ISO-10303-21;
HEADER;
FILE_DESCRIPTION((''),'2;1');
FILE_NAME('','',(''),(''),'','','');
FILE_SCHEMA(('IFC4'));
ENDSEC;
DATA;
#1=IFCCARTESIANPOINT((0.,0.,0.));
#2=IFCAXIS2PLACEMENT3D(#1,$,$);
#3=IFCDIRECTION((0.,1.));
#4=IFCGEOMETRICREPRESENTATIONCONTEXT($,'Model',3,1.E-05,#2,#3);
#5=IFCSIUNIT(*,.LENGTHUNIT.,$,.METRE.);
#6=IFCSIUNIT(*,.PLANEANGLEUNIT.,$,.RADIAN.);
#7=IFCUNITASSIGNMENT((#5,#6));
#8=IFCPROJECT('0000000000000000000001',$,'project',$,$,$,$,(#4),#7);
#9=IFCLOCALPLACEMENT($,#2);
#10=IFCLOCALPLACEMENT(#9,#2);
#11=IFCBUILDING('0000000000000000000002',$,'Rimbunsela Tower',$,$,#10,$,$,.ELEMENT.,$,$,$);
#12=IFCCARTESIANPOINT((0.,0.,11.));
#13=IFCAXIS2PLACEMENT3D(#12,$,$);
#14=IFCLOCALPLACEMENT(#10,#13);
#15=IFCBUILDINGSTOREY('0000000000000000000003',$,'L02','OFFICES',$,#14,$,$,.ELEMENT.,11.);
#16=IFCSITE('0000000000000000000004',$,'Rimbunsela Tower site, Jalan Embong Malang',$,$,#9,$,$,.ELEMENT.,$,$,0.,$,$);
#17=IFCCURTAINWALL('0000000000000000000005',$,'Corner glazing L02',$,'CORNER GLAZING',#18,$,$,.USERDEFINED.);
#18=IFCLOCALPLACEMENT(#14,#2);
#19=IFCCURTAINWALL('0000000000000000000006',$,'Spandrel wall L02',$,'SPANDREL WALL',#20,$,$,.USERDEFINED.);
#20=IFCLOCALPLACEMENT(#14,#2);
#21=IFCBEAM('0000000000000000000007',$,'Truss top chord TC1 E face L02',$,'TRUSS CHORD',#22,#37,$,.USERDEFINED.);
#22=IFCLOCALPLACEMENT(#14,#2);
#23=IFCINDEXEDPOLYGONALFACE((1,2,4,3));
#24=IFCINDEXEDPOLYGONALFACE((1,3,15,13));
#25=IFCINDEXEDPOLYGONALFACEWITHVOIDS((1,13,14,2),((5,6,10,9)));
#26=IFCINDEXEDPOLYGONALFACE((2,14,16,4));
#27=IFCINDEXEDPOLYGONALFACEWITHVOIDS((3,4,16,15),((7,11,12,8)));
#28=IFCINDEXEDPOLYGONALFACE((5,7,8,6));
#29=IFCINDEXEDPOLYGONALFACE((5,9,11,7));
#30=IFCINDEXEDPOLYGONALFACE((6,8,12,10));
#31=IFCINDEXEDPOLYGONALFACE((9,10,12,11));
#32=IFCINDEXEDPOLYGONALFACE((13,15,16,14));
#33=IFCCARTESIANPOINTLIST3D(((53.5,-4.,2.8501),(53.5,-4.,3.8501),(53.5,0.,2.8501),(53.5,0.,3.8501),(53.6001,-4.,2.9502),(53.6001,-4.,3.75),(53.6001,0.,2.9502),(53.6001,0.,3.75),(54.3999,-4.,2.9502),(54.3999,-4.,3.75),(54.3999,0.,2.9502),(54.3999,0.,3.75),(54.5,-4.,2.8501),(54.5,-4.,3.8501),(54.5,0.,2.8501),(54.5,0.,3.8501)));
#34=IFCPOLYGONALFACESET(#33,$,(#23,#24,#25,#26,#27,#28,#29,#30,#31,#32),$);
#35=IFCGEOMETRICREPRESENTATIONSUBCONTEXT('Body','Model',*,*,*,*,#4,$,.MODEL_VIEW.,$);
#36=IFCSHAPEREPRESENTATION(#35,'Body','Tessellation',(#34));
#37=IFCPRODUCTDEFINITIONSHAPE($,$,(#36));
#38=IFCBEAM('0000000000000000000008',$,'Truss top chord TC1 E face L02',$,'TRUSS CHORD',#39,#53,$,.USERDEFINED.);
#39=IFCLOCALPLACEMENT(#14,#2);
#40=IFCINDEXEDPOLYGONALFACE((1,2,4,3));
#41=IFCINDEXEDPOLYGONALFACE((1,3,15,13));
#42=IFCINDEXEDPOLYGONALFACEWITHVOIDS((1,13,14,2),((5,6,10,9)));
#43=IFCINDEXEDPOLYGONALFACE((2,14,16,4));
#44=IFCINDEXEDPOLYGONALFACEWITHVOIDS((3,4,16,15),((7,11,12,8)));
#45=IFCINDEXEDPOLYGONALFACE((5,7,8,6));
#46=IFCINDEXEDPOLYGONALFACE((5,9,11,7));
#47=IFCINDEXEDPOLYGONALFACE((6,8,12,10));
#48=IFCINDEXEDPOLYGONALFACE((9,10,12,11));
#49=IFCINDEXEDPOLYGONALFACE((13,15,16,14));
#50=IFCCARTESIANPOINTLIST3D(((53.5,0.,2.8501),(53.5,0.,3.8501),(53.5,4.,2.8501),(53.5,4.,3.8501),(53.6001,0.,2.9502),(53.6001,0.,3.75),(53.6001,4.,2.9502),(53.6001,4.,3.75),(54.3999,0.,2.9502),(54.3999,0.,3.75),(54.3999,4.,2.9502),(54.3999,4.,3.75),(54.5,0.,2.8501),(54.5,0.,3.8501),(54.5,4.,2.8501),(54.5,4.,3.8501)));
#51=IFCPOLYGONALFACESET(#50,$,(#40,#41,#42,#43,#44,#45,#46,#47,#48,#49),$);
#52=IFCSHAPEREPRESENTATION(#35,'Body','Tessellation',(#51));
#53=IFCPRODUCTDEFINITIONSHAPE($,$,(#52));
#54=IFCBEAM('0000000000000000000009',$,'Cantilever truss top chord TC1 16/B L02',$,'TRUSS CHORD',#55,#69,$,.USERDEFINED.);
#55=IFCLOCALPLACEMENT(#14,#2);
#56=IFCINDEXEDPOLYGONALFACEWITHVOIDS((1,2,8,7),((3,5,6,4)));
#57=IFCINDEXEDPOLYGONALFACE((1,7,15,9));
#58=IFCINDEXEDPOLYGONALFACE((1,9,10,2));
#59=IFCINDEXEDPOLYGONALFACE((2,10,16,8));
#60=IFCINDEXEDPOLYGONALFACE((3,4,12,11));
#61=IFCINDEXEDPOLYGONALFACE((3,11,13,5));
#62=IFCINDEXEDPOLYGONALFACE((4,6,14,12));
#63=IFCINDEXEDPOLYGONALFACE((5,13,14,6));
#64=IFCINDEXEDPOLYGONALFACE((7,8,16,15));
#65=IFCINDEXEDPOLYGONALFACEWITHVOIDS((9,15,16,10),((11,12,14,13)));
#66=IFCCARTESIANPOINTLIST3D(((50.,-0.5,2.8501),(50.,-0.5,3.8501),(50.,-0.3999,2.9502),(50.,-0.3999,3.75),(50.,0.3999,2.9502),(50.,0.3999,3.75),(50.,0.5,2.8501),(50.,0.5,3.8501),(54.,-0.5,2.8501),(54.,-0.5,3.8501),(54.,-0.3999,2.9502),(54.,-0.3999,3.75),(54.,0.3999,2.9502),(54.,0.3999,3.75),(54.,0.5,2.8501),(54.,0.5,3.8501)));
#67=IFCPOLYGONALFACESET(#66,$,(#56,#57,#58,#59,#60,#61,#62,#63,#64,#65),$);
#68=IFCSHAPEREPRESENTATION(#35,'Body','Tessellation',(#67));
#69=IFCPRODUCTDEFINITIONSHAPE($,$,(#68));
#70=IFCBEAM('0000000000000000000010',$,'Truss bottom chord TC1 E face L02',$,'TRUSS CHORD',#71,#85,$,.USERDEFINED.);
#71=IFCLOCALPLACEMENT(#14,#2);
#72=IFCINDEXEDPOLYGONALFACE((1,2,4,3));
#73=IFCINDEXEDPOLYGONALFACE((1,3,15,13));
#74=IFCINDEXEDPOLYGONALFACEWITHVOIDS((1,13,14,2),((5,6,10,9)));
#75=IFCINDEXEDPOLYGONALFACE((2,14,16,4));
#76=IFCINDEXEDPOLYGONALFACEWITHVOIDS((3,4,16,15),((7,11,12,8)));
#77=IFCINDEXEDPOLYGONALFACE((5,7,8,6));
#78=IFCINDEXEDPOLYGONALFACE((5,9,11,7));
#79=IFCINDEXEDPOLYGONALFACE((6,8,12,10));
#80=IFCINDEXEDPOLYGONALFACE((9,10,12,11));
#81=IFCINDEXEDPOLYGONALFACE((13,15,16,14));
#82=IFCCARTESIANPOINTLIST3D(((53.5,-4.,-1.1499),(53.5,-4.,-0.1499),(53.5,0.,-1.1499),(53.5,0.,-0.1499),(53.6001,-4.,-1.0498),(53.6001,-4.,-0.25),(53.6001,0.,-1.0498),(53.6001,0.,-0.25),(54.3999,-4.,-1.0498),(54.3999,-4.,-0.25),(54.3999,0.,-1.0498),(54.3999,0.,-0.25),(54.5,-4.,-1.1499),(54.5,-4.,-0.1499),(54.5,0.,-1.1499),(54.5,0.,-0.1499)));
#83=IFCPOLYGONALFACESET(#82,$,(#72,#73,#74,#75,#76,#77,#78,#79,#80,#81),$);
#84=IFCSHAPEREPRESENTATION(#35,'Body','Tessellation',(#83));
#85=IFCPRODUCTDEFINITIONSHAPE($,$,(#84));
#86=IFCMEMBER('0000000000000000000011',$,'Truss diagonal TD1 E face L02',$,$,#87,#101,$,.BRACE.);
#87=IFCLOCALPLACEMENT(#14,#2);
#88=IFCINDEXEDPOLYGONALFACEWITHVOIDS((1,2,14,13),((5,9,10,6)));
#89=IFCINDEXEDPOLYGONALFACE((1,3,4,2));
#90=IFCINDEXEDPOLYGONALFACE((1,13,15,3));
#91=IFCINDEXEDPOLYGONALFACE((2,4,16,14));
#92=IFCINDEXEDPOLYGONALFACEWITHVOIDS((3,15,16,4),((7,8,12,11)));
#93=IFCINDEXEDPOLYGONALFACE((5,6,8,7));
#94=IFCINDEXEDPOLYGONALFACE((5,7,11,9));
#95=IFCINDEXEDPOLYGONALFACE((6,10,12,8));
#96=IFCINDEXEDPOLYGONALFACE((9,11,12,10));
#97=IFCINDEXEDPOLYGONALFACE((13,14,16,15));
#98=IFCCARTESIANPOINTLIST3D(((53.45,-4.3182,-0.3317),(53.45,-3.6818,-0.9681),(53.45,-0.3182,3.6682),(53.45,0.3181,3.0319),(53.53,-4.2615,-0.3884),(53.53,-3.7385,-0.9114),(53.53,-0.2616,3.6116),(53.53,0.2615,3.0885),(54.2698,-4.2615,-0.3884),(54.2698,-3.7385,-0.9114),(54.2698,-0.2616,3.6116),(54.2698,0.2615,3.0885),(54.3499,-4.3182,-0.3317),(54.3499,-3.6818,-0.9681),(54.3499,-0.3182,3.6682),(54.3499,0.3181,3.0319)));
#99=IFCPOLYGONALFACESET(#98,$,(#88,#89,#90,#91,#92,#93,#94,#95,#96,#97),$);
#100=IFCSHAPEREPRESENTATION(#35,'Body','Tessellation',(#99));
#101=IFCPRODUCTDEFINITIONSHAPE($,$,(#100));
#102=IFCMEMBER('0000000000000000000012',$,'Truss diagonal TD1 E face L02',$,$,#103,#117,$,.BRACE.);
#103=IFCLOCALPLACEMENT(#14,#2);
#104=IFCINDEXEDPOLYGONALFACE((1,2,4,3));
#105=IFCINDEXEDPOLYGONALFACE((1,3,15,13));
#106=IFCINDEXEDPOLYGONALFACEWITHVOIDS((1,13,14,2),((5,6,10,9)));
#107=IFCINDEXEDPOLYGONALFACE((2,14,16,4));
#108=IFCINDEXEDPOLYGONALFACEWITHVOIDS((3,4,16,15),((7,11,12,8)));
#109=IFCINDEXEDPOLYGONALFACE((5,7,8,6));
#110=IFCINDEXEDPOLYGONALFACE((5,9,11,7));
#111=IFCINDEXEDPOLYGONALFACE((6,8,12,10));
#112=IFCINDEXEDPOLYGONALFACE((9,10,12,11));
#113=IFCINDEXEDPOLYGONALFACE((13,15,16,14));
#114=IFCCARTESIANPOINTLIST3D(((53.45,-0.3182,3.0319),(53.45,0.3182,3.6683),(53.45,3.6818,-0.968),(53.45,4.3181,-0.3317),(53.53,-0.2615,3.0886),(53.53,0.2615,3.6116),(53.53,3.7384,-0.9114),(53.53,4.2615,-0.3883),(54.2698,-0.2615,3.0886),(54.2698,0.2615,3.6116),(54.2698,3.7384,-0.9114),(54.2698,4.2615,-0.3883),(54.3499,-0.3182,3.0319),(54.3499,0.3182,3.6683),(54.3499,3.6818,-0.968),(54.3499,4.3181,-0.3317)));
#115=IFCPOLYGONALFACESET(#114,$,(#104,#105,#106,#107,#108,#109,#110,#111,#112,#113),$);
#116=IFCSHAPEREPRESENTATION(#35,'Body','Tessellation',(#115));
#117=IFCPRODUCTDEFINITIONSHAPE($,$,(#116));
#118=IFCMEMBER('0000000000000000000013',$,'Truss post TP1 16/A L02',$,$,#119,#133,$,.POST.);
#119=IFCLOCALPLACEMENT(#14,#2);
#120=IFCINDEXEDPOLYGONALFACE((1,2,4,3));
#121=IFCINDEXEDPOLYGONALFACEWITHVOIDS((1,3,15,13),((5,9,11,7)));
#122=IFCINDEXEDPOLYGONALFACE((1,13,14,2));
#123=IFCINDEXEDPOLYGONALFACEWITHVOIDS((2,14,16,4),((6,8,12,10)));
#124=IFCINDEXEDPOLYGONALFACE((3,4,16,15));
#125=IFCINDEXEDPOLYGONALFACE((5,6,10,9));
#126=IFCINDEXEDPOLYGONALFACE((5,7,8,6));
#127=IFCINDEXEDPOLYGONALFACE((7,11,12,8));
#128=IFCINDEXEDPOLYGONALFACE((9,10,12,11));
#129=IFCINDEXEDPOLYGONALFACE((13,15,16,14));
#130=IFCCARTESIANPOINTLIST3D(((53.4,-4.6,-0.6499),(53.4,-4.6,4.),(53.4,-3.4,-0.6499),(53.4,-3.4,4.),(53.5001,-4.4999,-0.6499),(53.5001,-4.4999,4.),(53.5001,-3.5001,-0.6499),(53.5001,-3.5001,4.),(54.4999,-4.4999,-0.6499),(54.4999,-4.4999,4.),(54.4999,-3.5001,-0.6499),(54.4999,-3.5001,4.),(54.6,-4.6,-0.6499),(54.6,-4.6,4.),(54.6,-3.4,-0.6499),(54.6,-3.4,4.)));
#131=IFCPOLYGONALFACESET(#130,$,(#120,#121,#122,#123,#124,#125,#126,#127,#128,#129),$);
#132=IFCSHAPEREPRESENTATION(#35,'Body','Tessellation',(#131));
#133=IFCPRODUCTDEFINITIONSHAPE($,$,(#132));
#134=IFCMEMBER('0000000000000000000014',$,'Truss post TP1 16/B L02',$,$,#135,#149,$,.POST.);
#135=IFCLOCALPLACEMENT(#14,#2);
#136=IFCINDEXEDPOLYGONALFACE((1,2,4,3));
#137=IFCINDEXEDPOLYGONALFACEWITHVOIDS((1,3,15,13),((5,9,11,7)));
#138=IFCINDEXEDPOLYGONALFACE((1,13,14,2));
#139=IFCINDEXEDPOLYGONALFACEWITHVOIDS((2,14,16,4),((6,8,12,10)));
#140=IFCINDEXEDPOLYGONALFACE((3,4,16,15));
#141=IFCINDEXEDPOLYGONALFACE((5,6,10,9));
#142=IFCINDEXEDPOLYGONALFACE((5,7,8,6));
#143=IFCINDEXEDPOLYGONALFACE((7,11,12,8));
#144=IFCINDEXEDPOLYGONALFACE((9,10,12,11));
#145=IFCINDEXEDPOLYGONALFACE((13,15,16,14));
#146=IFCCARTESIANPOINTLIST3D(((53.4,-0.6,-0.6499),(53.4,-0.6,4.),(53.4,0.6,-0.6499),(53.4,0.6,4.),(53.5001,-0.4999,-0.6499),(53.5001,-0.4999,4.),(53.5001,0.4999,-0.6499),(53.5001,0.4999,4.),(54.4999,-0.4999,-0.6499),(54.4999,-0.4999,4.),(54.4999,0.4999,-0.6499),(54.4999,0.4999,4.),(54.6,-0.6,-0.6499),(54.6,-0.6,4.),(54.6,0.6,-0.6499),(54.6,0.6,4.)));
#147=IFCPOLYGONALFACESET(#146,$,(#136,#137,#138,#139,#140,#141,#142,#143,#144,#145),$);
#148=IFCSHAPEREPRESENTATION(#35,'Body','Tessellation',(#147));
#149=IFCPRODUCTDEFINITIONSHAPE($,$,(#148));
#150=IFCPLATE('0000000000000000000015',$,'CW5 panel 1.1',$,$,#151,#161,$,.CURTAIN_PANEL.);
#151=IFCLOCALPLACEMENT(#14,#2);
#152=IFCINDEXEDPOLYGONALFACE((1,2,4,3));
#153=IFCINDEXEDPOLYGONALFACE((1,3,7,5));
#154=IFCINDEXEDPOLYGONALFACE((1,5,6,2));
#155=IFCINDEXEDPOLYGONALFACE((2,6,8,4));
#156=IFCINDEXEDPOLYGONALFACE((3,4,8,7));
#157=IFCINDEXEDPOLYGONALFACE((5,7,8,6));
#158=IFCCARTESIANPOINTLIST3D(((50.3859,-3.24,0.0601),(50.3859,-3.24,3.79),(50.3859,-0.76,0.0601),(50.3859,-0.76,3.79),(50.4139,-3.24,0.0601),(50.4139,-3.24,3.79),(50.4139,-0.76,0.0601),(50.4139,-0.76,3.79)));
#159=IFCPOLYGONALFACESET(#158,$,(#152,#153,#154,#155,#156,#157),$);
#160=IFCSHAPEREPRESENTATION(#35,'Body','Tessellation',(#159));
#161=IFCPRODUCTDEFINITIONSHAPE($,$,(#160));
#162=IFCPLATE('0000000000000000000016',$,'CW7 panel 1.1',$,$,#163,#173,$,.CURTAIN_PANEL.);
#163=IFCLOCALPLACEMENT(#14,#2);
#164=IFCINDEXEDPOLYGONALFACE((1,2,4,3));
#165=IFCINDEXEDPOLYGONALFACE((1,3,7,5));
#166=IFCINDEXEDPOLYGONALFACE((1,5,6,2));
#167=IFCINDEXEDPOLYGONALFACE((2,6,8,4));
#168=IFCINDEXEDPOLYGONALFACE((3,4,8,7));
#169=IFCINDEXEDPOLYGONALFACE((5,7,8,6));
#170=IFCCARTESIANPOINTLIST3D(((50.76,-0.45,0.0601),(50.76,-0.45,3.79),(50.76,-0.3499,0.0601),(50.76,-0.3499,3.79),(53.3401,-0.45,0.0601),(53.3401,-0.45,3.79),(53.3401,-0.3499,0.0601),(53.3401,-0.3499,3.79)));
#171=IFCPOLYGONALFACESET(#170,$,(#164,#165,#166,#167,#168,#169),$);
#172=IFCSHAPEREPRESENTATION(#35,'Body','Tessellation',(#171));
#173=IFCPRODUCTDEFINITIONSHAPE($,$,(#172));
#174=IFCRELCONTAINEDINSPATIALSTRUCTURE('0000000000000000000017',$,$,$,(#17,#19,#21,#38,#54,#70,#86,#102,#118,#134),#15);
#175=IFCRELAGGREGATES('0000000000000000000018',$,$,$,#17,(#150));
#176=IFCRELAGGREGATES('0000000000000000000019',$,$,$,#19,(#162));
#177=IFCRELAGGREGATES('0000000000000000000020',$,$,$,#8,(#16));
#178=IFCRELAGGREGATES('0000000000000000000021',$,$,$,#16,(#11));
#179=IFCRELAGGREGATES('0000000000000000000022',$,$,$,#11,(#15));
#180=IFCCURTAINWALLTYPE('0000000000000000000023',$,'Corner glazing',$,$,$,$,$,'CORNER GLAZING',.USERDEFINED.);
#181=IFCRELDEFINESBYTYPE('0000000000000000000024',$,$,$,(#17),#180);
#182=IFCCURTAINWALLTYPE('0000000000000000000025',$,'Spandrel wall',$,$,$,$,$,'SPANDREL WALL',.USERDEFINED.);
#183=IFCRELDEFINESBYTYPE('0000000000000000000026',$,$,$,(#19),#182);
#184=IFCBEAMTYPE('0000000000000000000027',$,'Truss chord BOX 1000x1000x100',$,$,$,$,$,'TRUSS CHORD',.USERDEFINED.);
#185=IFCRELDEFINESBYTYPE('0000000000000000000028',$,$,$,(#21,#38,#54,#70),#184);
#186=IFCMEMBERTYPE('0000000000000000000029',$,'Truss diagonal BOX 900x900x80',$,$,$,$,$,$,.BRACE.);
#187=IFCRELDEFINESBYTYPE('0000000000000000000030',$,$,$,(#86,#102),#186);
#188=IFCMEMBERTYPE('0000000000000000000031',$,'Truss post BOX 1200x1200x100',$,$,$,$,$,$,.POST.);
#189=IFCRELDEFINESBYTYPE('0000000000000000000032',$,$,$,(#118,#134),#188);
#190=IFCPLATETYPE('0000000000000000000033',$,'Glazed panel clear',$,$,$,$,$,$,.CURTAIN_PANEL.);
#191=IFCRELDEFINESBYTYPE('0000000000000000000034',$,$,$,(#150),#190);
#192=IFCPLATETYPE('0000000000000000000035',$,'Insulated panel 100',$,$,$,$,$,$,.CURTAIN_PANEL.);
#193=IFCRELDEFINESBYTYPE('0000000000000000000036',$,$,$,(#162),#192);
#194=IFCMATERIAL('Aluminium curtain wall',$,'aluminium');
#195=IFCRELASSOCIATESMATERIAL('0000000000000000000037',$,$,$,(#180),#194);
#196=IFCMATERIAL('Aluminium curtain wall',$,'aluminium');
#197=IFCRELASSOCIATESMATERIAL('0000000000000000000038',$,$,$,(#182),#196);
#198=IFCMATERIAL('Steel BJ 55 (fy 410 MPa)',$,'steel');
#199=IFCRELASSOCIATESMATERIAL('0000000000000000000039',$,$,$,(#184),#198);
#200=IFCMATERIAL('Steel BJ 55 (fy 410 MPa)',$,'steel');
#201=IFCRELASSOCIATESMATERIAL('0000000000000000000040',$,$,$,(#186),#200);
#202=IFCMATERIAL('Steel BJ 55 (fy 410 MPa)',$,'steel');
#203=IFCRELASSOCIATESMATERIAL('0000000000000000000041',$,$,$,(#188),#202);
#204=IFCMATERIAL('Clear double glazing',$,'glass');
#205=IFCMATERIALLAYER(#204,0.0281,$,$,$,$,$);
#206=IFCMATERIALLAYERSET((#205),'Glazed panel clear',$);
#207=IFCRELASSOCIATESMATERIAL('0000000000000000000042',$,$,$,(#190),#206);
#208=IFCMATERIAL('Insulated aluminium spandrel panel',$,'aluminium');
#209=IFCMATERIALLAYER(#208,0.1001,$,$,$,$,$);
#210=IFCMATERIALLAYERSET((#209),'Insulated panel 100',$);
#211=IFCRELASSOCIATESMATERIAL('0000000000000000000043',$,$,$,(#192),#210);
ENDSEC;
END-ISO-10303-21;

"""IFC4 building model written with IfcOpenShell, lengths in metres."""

from ifc_helpers import new_model, si_unit, direction, frame, origin, origin_2d, place, context, subcontext, project, spatial, rectangle, hollow_rectangle, extrude, material, layer, layer_set, material_profile, profile_set, type_object, element, aggregate, save


model = new_model("IFC4")

# Units and contexts
model_context = context("Model", 3, precision=1e-05, world=origin(), true_north=direction((0.0, 1.0)))
body_context = subcontext(model_context, "Body", "Model", "MODEL_VIEW")
ifc_project = project(units=[si_unit("LENGTHUNIT", "METRE"), si_unit("PLANEANGLEUNIT", "RADIAN")], contexts=[model_context])

# Site, building, storey
site_placement = place(None, origin())
site = spatial("IfcSite", under=ifc_project, at=site_placement, Name="Rimbunsela Tower site, Jalan Embong Malang", CompositionType="ELEMENT", RefElevation=0.0)
building_placement = place(site_placement, origin())
building = spatial("IfcBuilding", under=site, at=building_placement, Name="Rimbunsela Tower", CompositionType="ELEMENT")
storey_placement = place(building_placement, frame((0.0, 0.0, 11.0)))
storey = spatial("IfcBuildingStorey", under=building, at=storey_placement, Name="L02", Description="OFFICES", CompositionType="ELEMENT", Elevation=11.0)

# Curtain walls
ifc_material_1 = material(Name="Aluminium curtain wall", Category="aluminium")
curtain_wall_type_1 = type_object("IfcCurtainWallType", Name="Corner glazing", ElementType="CORNER GLAZING", PredefinedType="USERDEFINED", material=ifc_material_1)
curtain_wall_1_placement = place(storey_placement, origin())
curtain_wall_1 = element("IfcCurtainWall", 1, at=curtain_wall_1_placement, inside=storey, type_object=curtain_wall_type_1, Name="Corner glazing L02", ObjectType="CORNER GLAZING", PredefinedType="USERDEFINED")
ifc_material_2 = material(Name="Aluminium curtain wall", Category="aluminium")
curtain_wall_type_2 = type_object("IfcCurtainWallType", Name="Spandrel wall", ElementType="SPANDREL WALL", PredefinedType="USERDEFINED", material=ifc_material_2)
curtain_wall_2_placement = place(storey_placement, origin())
curtain_wall_2 = element("IfcCurtainWall", 2, at=curtain_wall_2_placement, inside=storey, type_object=curtain_wall_type_2, Name="Spandrel wall L02", ObjectType="SPANDREL WALL", PredefinedType="USERDEFINED")

# Beams
ifc_material_3 = material(Name="Steel BJ 55 (fy 410 MPa)", Category="steel")
ifc_material_profile_1 = material_profile(ifc_material_3, hollow_rectangle(XDim=1.0, YDim=1.0, WallThickness=0.1001, at=origin_2d()), Name="BOX 1000x1000x100")
ifc_profile_set_1 = profile_set([ifc_material_profile_1], Name="Steel BJ 55 (fy 410 MPa)")
beam_type_1 = type_object("IfcBeamType", Name="Truss chord BOX 1000x1000x100", ElementType="TRUSS CHORD", PredefinedType="USERDEFINED", material=ifc_profile_set_1)
for number, where, z_axis, x_axis, name in (
    (3, (54.0, -4.0, 3.3501), (0.0, 1.0, 0.0), (-1.0, 0.0, 0.0), "Truss top chord TC1 E face L02"),
    (4, (54.0, 0.0, 3.3501), (0.0, 1.0, 0.0), (-1.0, 0.0, 0.0), "Truss top chord TC1 E face L02"),
    (5, (50.0, 0.0, 3.3501), (1.0, 0.0, 0.0), (0.0, 1.0, 0.0), "Cantilever truss top chord TC1 16/B L02"),
    (6, (54.0, -4.0, -0.6499), (0.0, 1.0, 0.0), (-1.0, 0.0, 0.0), "Truss bottom chord TC1 E face L02"),
):
    element("IfcBeam", number, at=place(storey_placement, frame(where, z_axis=z_axis, x_axis=x_axis)), inside=storey, type_object=beam_type_1, Name=name, ObjectType="TRUSS CHORD", PredefinedType="USERDEFINED", context=body_context, shape_type="SweptSolid", body=[
        extrude(hollow_rectangle(XDim=1.0, YDim=1.0, WallThickness=0.1001, at=origin_2d()), origin(), (0.0, 0.0, 1.0), 4.0),
    ])

# Members
ifc_material_4 = material(Name="Steel BJ 55 (fy 410 MPa)", Category="steel")
ifc_material_profile_2 = material_profile(ifc_material_4, hollow_rectangle(XDim=0.8999, YDim=0.8999, WallThickness=0.0801, at=origin_2d()), Name="BOX 900x900x80")
ifc_profile_set_2 = profile_set([ifc_material_profile_2], Name="Steel BJ 55 (fy 410 MPa)")
member_type_1 = type_object("IfcMemberType", Name="Truss diagonal BOX 900x900x80", PredefinedType="BRACE", material=ifc_profile_set_2)
for number, where, z_axis, x_axis, name in (
    (7, (53.8999, -4.0, -0.6499), (0.0, 0.707107, 0.707107), (-1.0, 0.0, 0.0), "Truss diagonal TD1 E face L02"),
    (8, (53.8999, 0.0, 3.3501), (0.0, 0.707107, -0.707107), (-1.0, 0.0, 0.0), "Truss diagonal TD1 E face L02"),
):
    element("IfcMember", number, at=place(storey_placement, frame(where, z_axis=z_axis, x_axis=x_axis)), inside=storey, type_object=member_type_1, Name=name, PredefinedType="BRACE", context=body_context, shape_type="SweptSolid", body=[
        extrude(hollow_rectangle(XDim=0.8999, YDim=0.8999, WallThickness=0.0801, at=origin_2d()), origin(), (0.0, 0.0, 1.0), 5.6567),
    ])
ifc_material_5 = material(Name="Steel BJ 55 (fy 410 MPa)", Category="steel")
ifc_material_profile_3 = material_profile(ifc_material_5, hollow_rectangle(XDim=1.2, YDim=1.2, WallThickness=0.1001, at=origin_2d()), Name="BOX 1200x1200x100")
ifc_profile_set_3 = profile_set([ifc_material_profile_3], Name="Steel BJ 55 (fy 410 MPa)")
member_type_2 = type_object("IfcMemberType", Name="Truss post BOX 1200x1200x100", PredefinedType="POST", material=ifc_profile_set_3)
for number, where, z_axis, x_axis, name in (
    (9, (54.0, -4.0, -0.6499), (0.0, 0.0, 1.0), (1.0, 0.0, 0.0), "Truss post TP1 16/A L02"),
    (10, (54.0, 0.0, -0.6499), (0.0, 0.0, 1.0), (1.0, 0.0, 0.0), "Truss post TP1 16/B L02"),
):
    element("IfcMember", number, at=place(storey_placement, frame(where, z_axis=z_axis, x_axis=x_axis)), inside=storey, type_object=member_type_2, Name=name, PredefinedType="POST", context=body_context, shape_type="SweptSolid", body=[
        extrude(hollow_rectangle(XDim=1.2, YDim=1.2, WallThickness=0.1001, at=origin_2d()), origin(), (0.0, 0.0, 1.0), 4.6499),
    ])

# Plates
ifc_material_6 = material(Name="Clear double glazing", Category="glass")
ifc_layer_1 = layer(ifc_material_6, 0.0281)
ifc_layer_set_1 = layer_set([ifc_layer_1], Name="Glazed panel clear")
plate_type_1 = type_object("IfcPlateType", Name="Glazed panel clear", PredefinedType="CURTAIN_PANEL", material=ifc_layer_set_1)
plate_1_placement = place(storey_placement, frame((50.3999, -2.0, 0.0601), z_axis=(0.0, 0.0, 1.0), x_axis=(0.0, 1.0, 0.0)))
plate_1 = element("IfcPlate", 11, at=plate_1_placement, type_object=plate_type_1, Name="CW5 panel 1.1", PredefinedType="CURTAIN_PANEL", context=body_context, shape_type="SweptSolid", body=[
    extrude(rectangle(XDim=2.48, YDim=0.0281, at=origin_2d()), origin(), (0.0, 0.0, 1.0), 3.73),
])
aggregate(curtain_wall_1, [plate_1])
ifc_material_7 = material(Name="Insulated aluminium spandrel panel", Category="aluminium")
ifc_layer_2 = layer(ifc_material_7, 0.1001)
ifc_layer_set_2 = layer_set([ifc_layer_2], Name="Insulated panel 100")
plate_type_2 = type_object("IfcPlateType", Name="Insulated panel 100", PredefinedType="CURTAIN_PANEL", material=ifc_layer_set_2)
plate_2_placement = place(storey_placement, frame((52.05, -0.3999, 0.0601), z_axis=(0.0, 0.0, 1.0), x_axis=(1.0, 0.0, 0.0)))
plate_2 = element("IfcPlate", 12, at=plate_2_placement, type_object=plate_type_2, Name="CW7 panel 1.1", PredefinedType="CURTAIN_PANEL", context=body_context, shape_type="SweptSolid", body=[
    extrude(rectangle(XDim=2.5801, YDim=0.1001, at=origin_2d()), origin(), (0.0, 0.0, 1.0), 3.73),
])
aggregate(curtain_wall_2, [plate_2])

save(model, "model.ifc")
